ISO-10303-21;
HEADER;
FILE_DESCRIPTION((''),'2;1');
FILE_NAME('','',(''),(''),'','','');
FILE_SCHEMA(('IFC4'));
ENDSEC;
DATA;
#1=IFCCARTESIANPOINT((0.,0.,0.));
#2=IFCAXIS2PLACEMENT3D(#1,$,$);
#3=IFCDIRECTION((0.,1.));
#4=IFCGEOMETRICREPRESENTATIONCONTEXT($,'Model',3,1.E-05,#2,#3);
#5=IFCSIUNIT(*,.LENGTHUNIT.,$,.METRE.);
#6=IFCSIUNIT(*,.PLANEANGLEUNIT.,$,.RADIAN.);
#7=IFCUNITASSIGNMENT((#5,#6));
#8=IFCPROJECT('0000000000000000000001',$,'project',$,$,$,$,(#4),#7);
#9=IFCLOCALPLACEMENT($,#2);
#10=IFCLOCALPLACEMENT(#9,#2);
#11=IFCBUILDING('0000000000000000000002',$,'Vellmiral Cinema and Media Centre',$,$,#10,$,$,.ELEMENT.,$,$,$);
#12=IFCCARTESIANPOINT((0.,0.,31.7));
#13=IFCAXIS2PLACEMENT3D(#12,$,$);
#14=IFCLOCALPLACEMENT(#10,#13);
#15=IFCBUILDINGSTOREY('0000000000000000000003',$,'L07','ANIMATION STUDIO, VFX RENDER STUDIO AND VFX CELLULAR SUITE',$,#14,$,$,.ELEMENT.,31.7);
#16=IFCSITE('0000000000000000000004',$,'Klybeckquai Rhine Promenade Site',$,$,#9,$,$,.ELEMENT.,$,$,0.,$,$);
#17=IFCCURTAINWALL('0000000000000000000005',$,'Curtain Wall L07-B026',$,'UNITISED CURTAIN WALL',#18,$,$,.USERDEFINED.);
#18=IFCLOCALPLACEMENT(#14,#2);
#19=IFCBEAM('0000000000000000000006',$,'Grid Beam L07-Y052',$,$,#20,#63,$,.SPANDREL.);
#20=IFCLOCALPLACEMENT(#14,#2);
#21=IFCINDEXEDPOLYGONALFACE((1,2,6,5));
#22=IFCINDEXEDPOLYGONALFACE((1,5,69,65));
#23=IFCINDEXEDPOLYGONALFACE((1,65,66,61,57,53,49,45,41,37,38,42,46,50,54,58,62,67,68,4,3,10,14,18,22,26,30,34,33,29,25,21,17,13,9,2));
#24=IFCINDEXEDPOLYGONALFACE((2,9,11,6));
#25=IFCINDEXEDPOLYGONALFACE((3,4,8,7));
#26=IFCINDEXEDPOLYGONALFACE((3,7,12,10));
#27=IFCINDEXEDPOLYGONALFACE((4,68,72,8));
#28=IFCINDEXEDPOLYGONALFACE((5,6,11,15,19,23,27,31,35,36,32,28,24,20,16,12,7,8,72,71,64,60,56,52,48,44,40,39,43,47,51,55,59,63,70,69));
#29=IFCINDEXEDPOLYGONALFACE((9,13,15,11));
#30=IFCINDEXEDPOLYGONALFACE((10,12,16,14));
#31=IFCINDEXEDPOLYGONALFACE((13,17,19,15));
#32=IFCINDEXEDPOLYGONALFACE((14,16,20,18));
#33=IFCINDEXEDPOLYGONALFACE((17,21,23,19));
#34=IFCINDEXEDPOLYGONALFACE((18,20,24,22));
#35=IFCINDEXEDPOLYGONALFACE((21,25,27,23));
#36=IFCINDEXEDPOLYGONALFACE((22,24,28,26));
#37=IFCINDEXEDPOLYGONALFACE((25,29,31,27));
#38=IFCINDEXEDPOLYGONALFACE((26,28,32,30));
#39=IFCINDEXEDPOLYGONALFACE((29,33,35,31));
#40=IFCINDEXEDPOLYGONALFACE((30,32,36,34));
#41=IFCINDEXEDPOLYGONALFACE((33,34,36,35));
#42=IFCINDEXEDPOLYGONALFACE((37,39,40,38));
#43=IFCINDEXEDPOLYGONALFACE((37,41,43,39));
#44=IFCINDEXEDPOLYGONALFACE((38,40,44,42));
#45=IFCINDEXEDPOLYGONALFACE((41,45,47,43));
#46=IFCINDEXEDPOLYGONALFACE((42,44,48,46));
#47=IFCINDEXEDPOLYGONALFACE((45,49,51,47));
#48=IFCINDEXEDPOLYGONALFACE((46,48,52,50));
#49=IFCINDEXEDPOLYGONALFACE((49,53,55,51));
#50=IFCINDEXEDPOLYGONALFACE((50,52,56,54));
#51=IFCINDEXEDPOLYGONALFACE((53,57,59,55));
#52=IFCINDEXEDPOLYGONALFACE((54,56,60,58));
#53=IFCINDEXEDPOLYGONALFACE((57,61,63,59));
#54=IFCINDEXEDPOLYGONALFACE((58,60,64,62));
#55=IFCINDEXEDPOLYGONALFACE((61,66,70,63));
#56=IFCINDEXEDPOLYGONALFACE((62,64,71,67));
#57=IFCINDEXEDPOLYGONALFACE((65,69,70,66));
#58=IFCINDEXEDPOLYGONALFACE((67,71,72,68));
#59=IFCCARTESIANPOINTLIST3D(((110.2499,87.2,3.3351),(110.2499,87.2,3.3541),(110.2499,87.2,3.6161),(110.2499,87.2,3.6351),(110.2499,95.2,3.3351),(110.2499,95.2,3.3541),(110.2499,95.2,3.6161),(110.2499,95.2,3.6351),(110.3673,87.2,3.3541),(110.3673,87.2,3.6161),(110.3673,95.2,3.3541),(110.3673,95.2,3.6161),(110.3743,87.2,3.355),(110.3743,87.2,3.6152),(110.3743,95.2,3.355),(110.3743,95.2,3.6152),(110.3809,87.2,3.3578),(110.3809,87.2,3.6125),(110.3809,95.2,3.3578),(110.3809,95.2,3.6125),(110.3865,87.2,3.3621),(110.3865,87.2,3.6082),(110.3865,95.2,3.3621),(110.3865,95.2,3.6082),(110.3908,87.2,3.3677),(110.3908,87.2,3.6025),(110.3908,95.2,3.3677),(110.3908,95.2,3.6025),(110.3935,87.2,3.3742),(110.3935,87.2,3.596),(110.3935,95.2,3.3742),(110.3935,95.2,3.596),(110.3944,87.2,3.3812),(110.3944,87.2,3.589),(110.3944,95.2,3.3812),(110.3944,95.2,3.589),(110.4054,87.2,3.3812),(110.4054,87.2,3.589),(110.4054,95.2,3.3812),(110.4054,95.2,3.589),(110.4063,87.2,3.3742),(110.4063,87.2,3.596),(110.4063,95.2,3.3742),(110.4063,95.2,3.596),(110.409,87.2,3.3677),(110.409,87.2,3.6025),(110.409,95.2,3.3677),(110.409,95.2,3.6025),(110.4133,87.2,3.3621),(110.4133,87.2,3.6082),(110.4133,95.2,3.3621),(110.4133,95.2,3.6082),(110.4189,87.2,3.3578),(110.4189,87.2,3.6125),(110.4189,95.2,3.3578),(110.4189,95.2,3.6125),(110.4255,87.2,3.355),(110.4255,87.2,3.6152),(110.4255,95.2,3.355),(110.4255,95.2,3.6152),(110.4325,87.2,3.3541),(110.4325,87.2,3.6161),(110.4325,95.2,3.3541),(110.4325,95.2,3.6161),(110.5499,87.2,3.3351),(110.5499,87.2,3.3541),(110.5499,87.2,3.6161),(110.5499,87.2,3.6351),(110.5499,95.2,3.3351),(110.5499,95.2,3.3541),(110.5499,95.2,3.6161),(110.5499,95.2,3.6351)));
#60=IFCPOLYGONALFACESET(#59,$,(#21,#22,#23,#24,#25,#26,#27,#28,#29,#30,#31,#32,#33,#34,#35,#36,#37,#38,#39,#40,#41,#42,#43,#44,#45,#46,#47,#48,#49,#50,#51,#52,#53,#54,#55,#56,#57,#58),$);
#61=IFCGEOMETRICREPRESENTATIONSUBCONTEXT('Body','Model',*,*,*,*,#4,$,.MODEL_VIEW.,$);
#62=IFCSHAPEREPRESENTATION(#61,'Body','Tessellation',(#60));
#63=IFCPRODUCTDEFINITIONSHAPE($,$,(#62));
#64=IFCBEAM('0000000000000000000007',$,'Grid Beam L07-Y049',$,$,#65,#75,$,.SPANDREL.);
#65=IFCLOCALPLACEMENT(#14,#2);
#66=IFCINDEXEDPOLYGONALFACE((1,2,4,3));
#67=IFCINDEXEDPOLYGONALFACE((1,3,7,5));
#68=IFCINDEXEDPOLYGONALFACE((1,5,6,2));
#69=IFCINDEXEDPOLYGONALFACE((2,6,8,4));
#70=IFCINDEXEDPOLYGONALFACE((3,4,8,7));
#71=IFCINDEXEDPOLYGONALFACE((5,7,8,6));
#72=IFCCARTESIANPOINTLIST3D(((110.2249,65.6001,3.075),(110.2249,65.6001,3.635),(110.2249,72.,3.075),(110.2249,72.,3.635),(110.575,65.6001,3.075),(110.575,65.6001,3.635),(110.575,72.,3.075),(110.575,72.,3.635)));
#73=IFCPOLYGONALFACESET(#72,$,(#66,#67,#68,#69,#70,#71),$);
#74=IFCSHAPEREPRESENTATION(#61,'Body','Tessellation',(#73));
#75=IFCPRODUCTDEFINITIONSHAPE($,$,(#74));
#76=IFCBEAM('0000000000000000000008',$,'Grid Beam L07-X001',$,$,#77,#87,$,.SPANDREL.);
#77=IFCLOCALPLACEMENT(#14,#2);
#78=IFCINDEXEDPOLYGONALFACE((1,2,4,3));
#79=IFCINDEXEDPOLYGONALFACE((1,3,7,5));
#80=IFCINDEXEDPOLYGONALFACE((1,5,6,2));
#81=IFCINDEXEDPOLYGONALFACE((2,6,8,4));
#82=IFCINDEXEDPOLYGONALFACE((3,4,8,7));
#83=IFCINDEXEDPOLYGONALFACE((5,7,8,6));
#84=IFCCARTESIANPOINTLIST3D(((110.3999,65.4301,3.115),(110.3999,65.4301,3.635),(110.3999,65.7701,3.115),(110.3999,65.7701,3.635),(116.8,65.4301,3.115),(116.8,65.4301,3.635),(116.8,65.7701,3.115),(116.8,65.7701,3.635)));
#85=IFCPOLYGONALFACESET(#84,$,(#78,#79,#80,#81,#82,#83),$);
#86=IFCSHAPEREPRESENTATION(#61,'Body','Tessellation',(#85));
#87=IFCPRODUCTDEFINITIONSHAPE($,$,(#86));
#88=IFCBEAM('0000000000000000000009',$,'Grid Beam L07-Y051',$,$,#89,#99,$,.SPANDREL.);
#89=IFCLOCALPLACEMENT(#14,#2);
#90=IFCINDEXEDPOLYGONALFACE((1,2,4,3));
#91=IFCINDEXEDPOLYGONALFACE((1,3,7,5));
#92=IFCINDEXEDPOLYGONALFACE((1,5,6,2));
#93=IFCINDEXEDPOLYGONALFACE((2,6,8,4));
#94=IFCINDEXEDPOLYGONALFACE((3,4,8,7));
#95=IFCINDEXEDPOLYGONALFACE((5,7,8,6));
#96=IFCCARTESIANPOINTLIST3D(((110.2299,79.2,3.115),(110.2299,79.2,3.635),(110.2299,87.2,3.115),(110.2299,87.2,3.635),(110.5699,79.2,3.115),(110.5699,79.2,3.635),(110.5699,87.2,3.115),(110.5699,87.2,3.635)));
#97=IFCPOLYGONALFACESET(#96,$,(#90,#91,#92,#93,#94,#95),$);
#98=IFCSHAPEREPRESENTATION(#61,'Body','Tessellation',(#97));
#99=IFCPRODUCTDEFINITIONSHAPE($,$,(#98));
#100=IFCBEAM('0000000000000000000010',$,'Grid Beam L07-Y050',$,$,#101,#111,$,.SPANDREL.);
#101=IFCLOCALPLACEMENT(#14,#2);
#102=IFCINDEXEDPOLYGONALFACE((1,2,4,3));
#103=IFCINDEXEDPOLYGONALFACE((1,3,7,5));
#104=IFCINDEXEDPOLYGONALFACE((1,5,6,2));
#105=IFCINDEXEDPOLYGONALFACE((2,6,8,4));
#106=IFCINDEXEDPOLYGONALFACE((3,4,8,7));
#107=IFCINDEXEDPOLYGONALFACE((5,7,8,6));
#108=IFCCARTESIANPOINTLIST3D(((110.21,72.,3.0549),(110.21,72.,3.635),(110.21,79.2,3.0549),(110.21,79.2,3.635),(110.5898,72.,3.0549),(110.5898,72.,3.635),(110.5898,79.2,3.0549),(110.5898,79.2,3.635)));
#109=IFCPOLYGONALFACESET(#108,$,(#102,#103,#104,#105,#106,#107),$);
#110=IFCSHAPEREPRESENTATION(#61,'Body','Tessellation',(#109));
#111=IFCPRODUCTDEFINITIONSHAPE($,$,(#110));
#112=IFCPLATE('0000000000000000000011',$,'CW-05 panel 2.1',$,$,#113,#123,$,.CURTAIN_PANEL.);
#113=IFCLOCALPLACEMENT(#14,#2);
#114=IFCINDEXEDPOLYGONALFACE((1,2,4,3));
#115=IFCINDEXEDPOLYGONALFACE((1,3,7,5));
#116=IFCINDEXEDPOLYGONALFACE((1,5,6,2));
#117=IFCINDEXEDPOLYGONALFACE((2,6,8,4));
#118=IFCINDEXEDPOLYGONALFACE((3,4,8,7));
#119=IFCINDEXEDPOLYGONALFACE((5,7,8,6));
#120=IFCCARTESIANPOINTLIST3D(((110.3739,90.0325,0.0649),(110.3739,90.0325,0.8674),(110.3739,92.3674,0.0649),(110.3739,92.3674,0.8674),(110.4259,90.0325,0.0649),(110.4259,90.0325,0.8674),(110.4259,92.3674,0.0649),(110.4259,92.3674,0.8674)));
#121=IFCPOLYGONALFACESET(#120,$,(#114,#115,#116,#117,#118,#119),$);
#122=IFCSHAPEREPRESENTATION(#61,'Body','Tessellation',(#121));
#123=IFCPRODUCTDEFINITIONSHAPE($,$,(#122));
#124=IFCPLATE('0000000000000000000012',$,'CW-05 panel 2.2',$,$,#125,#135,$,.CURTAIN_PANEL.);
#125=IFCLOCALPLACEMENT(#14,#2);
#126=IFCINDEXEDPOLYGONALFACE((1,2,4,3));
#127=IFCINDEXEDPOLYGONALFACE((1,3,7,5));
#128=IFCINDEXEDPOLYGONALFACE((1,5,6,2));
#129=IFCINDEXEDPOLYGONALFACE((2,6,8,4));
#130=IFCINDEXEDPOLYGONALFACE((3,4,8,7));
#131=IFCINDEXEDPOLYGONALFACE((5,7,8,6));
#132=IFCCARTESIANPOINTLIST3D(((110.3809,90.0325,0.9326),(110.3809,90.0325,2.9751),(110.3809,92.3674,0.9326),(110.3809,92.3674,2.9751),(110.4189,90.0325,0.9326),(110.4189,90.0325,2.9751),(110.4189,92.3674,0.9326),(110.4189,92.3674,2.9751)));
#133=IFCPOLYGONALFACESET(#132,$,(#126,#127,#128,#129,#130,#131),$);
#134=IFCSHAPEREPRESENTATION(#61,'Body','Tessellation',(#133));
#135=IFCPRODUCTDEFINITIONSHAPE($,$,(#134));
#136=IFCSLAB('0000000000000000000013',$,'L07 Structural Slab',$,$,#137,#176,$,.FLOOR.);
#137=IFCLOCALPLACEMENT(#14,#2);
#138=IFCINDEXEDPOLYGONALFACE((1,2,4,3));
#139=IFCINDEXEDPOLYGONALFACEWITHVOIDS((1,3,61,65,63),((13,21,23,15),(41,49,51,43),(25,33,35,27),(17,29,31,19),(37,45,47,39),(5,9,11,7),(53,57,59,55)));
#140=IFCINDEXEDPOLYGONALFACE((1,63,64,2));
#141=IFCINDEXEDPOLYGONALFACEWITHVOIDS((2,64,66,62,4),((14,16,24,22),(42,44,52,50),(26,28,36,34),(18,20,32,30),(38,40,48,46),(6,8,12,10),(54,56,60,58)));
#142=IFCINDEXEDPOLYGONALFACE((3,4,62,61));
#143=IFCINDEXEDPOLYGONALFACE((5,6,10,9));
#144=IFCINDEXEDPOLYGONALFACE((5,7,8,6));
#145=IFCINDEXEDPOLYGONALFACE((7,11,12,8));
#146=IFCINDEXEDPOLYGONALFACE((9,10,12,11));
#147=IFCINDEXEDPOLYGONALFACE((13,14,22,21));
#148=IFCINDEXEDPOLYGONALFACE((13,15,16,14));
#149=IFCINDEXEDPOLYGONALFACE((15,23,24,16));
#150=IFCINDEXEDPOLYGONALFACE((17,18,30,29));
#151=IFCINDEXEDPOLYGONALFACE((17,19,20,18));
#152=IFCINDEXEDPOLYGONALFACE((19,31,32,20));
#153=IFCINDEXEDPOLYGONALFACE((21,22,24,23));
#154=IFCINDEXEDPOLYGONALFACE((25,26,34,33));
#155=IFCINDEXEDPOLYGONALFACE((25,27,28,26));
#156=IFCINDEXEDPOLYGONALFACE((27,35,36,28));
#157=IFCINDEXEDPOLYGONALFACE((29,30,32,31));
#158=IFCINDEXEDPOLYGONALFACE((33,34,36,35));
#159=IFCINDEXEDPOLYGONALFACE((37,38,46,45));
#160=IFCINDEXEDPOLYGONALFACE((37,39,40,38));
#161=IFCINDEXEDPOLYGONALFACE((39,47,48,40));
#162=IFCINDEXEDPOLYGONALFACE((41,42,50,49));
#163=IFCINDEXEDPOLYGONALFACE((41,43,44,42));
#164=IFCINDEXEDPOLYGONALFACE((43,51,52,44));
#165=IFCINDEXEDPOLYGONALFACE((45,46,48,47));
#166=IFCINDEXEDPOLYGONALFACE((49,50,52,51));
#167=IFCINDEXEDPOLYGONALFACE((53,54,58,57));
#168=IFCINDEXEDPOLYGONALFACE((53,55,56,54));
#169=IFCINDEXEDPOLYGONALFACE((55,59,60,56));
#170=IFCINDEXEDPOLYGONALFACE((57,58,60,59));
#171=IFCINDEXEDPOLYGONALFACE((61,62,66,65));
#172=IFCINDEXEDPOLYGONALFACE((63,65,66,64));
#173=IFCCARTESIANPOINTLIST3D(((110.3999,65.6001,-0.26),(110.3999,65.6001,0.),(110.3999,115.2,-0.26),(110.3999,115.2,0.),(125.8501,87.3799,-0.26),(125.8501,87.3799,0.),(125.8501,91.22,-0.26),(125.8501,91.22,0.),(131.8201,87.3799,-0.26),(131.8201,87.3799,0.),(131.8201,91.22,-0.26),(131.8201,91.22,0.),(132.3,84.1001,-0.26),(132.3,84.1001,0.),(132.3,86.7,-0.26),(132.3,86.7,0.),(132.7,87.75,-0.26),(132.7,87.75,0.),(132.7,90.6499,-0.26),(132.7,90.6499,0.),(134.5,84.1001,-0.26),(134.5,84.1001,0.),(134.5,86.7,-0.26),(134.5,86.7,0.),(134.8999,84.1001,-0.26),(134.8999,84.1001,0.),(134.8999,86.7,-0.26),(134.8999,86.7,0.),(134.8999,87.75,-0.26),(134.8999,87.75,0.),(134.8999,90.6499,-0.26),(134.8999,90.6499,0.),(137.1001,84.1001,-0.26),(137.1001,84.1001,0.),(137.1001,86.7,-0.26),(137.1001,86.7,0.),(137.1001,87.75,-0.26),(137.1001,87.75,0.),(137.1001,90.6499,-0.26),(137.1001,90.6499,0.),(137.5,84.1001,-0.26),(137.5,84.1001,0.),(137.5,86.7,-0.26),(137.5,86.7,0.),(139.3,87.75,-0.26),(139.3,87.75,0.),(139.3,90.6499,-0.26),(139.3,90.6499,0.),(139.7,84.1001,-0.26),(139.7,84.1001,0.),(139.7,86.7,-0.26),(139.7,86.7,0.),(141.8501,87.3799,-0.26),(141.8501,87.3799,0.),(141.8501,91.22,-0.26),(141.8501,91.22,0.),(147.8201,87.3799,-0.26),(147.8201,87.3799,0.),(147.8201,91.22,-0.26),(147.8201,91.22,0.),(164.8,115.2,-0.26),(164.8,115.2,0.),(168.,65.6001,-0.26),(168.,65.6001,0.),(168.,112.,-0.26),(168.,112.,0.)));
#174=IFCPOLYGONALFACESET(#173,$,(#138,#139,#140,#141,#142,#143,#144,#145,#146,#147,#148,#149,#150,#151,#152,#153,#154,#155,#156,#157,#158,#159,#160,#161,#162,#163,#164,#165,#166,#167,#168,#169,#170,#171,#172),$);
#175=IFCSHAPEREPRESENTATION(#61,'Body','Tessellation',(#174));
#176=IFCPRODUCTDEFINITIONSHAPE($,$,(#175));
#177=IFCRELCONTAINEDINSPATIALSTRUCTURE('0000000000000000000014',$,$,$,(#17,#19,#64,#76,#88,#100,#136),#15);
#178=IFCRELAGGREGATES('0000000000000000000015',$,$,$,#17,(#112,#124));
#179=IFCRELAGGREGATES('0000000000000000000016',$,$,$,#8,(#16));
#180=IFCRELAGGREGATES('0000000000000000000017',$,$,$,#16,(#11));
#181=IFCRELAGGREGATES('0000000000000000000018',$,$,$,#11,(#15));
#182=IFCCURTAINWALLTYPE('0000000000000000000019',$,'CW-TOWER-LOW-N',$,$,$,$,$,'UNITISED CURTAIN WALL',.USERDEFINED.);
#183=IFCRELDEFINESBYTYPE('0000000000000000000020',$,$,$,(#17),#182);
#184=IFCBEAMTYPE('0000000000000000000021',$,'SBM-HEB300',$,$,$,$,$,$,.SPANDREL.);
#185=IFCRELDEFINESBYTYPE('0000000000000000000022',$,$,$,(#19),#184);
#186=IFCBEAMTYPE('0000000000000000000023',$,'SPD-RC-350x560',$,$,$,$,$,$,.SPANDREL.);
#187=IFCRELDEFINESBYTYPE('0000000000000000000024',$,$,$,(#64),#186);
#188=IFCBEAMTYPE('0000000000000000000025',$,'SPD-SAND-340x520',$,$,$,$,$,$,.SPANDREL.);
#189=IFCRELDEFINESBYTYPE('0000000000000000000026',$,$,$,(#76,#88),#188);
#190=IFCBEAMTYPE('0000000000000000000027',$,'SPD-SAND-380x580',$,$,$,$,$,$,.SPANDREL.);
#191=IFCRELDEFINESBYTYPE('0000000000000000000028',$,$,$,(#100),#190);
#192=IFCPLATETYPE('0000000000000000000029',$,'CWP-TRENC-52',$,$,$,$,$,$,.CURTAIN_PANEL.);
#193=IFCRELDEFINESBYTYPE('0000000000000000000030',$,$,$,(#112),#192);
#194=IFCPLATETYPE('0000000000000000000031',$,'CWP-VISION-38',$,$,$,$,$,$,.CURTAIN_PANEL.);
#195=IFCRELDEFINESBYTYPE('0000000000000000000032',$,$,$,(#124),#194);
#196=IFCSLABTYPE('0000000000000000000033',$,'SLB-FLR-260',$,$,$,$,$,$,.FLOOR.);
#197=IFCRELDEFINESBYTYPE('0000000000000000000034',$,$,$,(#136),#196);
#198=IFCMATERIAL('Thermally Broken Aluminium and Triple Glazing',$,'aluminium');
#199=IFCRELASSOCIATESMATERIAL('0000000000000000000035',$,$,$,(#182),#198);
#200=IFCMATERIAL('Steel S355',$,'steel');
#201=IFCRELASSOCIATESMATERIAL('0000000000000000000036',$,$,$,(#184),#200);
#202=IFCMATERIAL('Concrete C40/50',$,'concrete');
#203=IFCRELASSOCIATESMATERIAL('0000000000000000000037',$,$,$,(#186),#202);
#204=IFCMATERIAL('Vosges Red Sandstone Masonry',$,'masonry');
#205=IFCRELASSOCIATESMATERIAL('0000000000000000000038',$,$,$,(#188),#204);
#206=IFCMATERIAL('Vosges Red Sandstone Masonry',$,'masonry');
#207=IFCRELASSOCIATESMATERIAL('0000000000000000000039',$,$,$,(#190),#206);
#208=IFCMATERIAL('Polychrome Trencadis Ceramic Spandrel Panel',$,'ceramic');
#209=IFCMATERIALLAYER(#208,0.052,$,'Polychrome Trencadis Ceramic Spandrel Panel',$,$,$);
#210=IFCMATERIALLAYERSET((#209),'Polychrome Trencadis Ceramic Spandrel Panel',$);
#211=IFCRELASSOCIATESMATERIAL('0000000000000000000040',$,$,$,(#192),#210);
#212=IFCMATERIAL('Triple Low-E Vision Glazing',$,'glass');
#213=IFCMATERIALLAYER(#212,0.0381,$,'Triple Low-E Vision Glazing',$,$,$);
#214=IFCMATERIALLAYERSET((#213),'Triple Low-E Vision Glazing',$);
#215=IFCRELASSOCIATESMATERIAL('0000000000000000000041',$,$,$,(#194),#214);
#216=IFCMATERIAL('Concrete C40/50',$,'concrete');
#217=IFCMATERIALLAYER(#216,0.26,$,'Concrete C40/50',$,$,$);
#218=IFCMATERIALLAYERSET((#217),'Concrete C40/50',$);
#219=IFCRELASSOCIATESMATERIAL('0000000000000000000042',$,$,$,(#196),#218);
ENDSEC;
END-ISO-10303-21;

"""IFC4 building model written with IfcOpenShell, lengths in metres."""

from ifc_helpers import new_model, si_unit, direction, frame, origin, origin_2d, place, context, subcontext, project, spatial, polyline, rectangle, i_section, outline, extrude, material, layer, layer_set, material_profile, profile_set, type_object, element, aggregate, save


model = new_model("IFC4")

# Units and contexts
model_context = context("Model", 3, precision=1e-05, world=origin(), true_north=direction((0.0, 1.0)))
body_context = subcontext(model_context, "Body", "Model", "MODEL_VIEW")
ifc_project = project(units=[si_unit("LENGTHUNIT", "METRE"), si_unit("PLANEANGLEUNIT", "RADIAN")], contexts=[model_context])

# Site, building, storey
site_placement = place(None, origin())
site = spatial("IfcSite", under=ifc_project, at=site_placement, Name="Klybeckquai Rhine Promenade Site", CompositionType="ELEMENT", RefElevation=0.0)
building_placement = place(site_placement, origin())
building = spatial("IfcBuilding", under=site, at=building_placement, Name="Vellmiral Cinema and Media Centre", CompositionType="ELEMENT")
storey_placement = place(building_placement, frame((0.0, 0.0, 31.7)))
storey = spatial("IfcBuildingStorey", under=building, at=storey_placement, Name="L07", Description="ANIMATION STUDIO, VFX RENDER STUDIO AND VFX CELLULAR SUITE", CompositionType="ELEMENT", Elevation=31.7)

# Curtain wall
ifc_material_1 = material(Name="Thermally Broken Aluminium and Triple Glazing", Category="aluminium")
curtain_wall_type = type_object("IfcCurtainWallType", Name="CW-TOWER-LOW-N", ElementType="UNITISED CURTAIN WALL", PredefinedType="USERDEFINED", material=ifc_material_1)
curtain_wall_placement = place(storey_placement, origin())
curtain_wall = element("IfcCurtainWall", 1, at=curtain_wall_placement, inside=storey, type_object=curtain_wall_type, Name="Curtain Wall L07-B026", ObjectType="UNITISED CURTAIN WALL", PredefinedType="USERDEFINED")

# Beams
ifc_material_2 = material(Name="Steel S355", Category="steel")
ifc_material_profile_1 = material_profile(ifc_material_2, i_section(OverallWidth=0.3, OverallDepth=0.3, WebThickness=0.011, FlangeThickness=0.019, FilletRadius=0.0271, at=origin_2d()), Name="HEB 300")
ifc_profile_set_1 = profile_set([ifc_material_profile_1], Name="Steel S355")
beam_type_1 = type_object("IfcBeamType", Name="SBM-HEB300", PredefinedType="SPANDREL", material=ifc_profile_set_1)
beam_1_placement = place(storey_placement, frame((110.3999, 87.2, 3.4851), z_axis=(0.0, 1.0, 0.0), x_axis=(-1.0, 0.0, 0.0)))
element("IfcBeam", 2, at=beam_1_placement, inside=storey, type_object=beam_type_1, Name="Grid Beam L07-Y052", PredefinedType="SPANDREL", context=body_context, shape_type="SweptSolid", body=[
    extrude(i_section(OverallWidth=0.3, OverallDepth=0.3, WebThickness=0.011, FlangeThickness=0.019, FilletRadius=0.0271, at=origin_2d()), origin(), (0.0, 0.0, 1.0), 8.0),
])
ifc_material_3 = material(Name="Concrete C40/50", Category="concrete")
ifc_material_profile_2 = material_profile(ifc_material_3, rectangle(XDim=0.3501, YDim=0.5601, at=origin_2d()), Name="RC 350x560")
ifc_profile_set_2 = profile_set([ifc_material_profile_2], Name="Concrete C40/50")
beam_type_2 = type_object("IfcBeamType", Name="SPD-RC-350x560", PredefinedType="SPANDREL", material=ifc_profile_set_2)
beam_2_placement = place(storey_placement, frame((110.3999, 65.6001, 3.355), z_axis=(0.0, 1.0, 0.0), x_axis=(-1.0, 0.0, 0.0)))
element("IfcBeam", 3, at=beam_2_placement, inside=storey, type_object=beam_type_2, Name="Grid Beam L07-Y049", PredefinedType="SPANDREL", context=body_context, shape_type="SweptSolid", body=[
    extrude(rectangle(XDim=0.3501, YDim=0.5601, at=origin_2d()), origin(), (0.0, 0.0, 1.0), 6.3999),
])
ifc_material_4 = material(Name="Vosges Red Sandstone Masonry", Category="masonry")
ifc_material_profile_3 = material_profile(ifc_material_4, rectangle(XDim=0.3401, YDim=0.52, at=origin_2d()), Name="SAND 340x520")
ifc_profile_set_3 = profile_set([ifc_material_profile_3], Name="Vosges Red Sandstone Masonry")
beam_type_3 = type_object("IfcBeamType", Name="SPD-SAND-340x520", PredefinedType="SPANDREL", material=ifc_profile_set_3)
beam_3_placement = place(storey_placement, frame((110.3999, 65.6001, 3.375), z_axis=(1.0, 0.0, 0.0), x_axis=(0.0, 1.0, 0.0)))
element("IfcBeam", 4, at=beam_3_placement, inside=storey, type_object=beam_type_3, Name="Grid Beam L07-X001", PredefinedType="SPANDREL", context=body_context, shape_type="SweptSolid", body=[
    extrude(rectangle(XDim=0.3401, YDim=0.52, at=origin_2d()), origin(), (0.0, 0.0, 1.0), 6.4001),
])
beam_4_placement = place(storey_placement, frame((110.3999, 79.2, 3.375), z_axis=(0.0, 1.0, 0.0), x_axis=(-1.0, 0.0, 0.0)))
element("IfcBeam", 5, at=beam_4_placement, inside=storey, type_object=beam_type_3, Name="Grid Beam L07-Y051", PredefinedType="SPANDREL", context=body_context, shape_type="SweptSolid", body=[
    extrude(rectangle(XDim=0.3401, YDim=0.52, at=origin_2d()), origin(), (0.0, 0.0, 1.0), 8.0),
])
ifc_material_5 = material(Name="Vosges Red Sandstone Masonry", Category="masonry")
ifc_material_profile_4 = material_profile(ifc_material_5, rectangle(XDim=0.3799, YDim=0.5801, at=origin_2d()), Name="SAND 380x580")
ifc_profile_set_4 = profile_set([ifc_material_profile_4], Name="Vosges Red Sandstone Masonry")
beam_type_4 = type_object("IfcBeamType", Name="SPD-SAND-380x580", PredefinedType="SPANDREL", material=ifc_profile_set_4)
beam_5_placement = place(storey_placement, frame((110.3999, 72.0, 3.345), z_axis=(0.0, 1.0, 0.0), x_axis=(-1.0, 0.0, 0.0)))
element("IfcBeam", 6, at=beam_5_placement, inside=storey, type_object=beam_type_4, Name="Grid Beam L07-Y050", PredefinedType="SPANDREL", context=body_context, shape_type="SweptSolid", body=[
    extrude(rectangle(XDim=0.3799, YDim=0.5801, at=origin_2d()), origin(), (0.0, 0.0, 1.0), 7.2),
])

# Plates
ifc_material_6 = material(Name="Polychrome Trencadis Ceramic Spandrel Panel", Category="ceramic")
ifc_layer_1 = layer(ifc_material_6, 0.052, Name="Polychrome Trencadis Ceramic Spandrel Panel")
ifc_layer_set_1 = layer_set([ifc_layer_1], Name="Polychrome Trencadis Ceramic Spandrel Panel")
plate_type_1 = type_object("IfcPlateType", Name="CWP-TRENC-52", PredefinedType="CURTAIN_PANEL", material=ifc_layer_set_1)
plate_1_placement = place(storey_placement, frame((110.3999, 91.2, 0.0649), z_axis=(0.0, 0.0, 1.0), x_axis=(0.0, -1.0, 0.0)))
plate_1 = element("IfcPlate", 7, at=plate_1_placement, type_object=plate_type_1, Name="CW-05 panel 2.1", PredefinedType="CURTAIN_PANEL", context=body_context, shape_type="SweptSolid", body=[
    extrude(rectangle(XDim=2.335, YDim=0.052, at=origin_2d()), origin(), (0.0, 0.0, 1.0), 0.8025),
])
ifc_material_7 = material(Name="Triple Low-E Vision Glazing", Category="glass")
ifc_layer_2 = layer(ifc_material_7, 0.0381, Name="Triple Low-E Vision Glazing")
ifc_layer_set_2 = layer_set([ifc_layer_2], Name="Triple Low-E Vision Glazing")
plate_type_2 = type_object("IfcPlateType", Name="CWP-VISION-38", PredefinedType="CURTAIN_PANEL", material=ifc_layer_set_2)
plate_2_placement = place(storey_placement, frame((110.3999, 91.2, 0.9326), z_axis=(0.0, 0.0, 1.0), x_axis=(0.0, -1.0, 0.0)))
plate_2 = element("IfcPlate", 8, at=plate_2_placement, type_object=plate_type_2, Name="CW-05 panel 2.2", PredefinedType="CURTAIN_PANEL", context=body_context, shape_type="SweptSolid", body=[
    extrude(rectangle(XDim=2.335, YDim=0.0381, at=origin_2d()), origin(), (0.0, 0.0, 1.0), 2.0425),
])
aggregate(curtain_wall, [plate_1, plate_2])

# Slab
ifc_material_8 = material(Name="Concrete C40/50", Category="concrete")
ifc_layer_3 = layer(ifc_material_8, 0.26, Name="Concrete C40/50")
ifc_layer_set_3 = layer_set([ifc_layer_3], Name="Concrete C40/50")
slab_type_1 = type_object("IfcSlabType", Name="SLB-FLR-260", PredefinedType="FLOOR", material=ifc_layer_set_3)
slab_1_placement = place(storey_placement, frame((0.0, 0.0, -0.26)))
element("IfcSlab", 9, at=slab_1_placement, inside=storey, type_object=slab_type_1, Name="L07 Structural Slab", PredefinedType="FLOOR", context=body_context, shape_type="SweptSolid", body=[
    extrude(outline(polyline([(110.3999, 65.6001), (168.0, 65.6001), (168.0, 112.0), (164.8, 115.2), (110.3999, 115.2), (110.3999, 65.6001)]), holes=[polyline([(125.8501, 87.3799), (131.8201, 87.3799), (131.8201, 91.22), (125.8501, 91.22), (125.8501, 87.3799)]), polyline([(141.8501, 87.3799), (147.8201, 87.3799), (147.8201, 91.22), (141.8501, 91.22), (141.8501, 87.3799)]), polyline([(132.7, 87.75), (134.8999, 87.75), (134.8999, 90.6499), (132.7, 90.6499), (132.7, 87.75)]), polyline([(137.1001, 87.75), (139.3, 87.75), (139.3, 90.6499), (137.1001, 90.6499), (137.1001, 87.75)]), polyline([(132.3, 84.1001), (134.5, 84.1001), (134.5, 86.7), (132.3, 86.7), (132.3, 84.1001)]), polyline([(134.8999, 84.1001), (137.1001, 84.1001), (137.1001, 86.7), (134.8999, 86.7), (134.8999, 84.1001)]), polyline([(137.5, 84.1001), (139.7, 84.1001), (139.7, 86.7), (137.5, 86.7), (137.5, 84.1001)])]), origin(), (0.0, 0.0, 1.0), 0.26),
])

save(model, "model.ifc")
